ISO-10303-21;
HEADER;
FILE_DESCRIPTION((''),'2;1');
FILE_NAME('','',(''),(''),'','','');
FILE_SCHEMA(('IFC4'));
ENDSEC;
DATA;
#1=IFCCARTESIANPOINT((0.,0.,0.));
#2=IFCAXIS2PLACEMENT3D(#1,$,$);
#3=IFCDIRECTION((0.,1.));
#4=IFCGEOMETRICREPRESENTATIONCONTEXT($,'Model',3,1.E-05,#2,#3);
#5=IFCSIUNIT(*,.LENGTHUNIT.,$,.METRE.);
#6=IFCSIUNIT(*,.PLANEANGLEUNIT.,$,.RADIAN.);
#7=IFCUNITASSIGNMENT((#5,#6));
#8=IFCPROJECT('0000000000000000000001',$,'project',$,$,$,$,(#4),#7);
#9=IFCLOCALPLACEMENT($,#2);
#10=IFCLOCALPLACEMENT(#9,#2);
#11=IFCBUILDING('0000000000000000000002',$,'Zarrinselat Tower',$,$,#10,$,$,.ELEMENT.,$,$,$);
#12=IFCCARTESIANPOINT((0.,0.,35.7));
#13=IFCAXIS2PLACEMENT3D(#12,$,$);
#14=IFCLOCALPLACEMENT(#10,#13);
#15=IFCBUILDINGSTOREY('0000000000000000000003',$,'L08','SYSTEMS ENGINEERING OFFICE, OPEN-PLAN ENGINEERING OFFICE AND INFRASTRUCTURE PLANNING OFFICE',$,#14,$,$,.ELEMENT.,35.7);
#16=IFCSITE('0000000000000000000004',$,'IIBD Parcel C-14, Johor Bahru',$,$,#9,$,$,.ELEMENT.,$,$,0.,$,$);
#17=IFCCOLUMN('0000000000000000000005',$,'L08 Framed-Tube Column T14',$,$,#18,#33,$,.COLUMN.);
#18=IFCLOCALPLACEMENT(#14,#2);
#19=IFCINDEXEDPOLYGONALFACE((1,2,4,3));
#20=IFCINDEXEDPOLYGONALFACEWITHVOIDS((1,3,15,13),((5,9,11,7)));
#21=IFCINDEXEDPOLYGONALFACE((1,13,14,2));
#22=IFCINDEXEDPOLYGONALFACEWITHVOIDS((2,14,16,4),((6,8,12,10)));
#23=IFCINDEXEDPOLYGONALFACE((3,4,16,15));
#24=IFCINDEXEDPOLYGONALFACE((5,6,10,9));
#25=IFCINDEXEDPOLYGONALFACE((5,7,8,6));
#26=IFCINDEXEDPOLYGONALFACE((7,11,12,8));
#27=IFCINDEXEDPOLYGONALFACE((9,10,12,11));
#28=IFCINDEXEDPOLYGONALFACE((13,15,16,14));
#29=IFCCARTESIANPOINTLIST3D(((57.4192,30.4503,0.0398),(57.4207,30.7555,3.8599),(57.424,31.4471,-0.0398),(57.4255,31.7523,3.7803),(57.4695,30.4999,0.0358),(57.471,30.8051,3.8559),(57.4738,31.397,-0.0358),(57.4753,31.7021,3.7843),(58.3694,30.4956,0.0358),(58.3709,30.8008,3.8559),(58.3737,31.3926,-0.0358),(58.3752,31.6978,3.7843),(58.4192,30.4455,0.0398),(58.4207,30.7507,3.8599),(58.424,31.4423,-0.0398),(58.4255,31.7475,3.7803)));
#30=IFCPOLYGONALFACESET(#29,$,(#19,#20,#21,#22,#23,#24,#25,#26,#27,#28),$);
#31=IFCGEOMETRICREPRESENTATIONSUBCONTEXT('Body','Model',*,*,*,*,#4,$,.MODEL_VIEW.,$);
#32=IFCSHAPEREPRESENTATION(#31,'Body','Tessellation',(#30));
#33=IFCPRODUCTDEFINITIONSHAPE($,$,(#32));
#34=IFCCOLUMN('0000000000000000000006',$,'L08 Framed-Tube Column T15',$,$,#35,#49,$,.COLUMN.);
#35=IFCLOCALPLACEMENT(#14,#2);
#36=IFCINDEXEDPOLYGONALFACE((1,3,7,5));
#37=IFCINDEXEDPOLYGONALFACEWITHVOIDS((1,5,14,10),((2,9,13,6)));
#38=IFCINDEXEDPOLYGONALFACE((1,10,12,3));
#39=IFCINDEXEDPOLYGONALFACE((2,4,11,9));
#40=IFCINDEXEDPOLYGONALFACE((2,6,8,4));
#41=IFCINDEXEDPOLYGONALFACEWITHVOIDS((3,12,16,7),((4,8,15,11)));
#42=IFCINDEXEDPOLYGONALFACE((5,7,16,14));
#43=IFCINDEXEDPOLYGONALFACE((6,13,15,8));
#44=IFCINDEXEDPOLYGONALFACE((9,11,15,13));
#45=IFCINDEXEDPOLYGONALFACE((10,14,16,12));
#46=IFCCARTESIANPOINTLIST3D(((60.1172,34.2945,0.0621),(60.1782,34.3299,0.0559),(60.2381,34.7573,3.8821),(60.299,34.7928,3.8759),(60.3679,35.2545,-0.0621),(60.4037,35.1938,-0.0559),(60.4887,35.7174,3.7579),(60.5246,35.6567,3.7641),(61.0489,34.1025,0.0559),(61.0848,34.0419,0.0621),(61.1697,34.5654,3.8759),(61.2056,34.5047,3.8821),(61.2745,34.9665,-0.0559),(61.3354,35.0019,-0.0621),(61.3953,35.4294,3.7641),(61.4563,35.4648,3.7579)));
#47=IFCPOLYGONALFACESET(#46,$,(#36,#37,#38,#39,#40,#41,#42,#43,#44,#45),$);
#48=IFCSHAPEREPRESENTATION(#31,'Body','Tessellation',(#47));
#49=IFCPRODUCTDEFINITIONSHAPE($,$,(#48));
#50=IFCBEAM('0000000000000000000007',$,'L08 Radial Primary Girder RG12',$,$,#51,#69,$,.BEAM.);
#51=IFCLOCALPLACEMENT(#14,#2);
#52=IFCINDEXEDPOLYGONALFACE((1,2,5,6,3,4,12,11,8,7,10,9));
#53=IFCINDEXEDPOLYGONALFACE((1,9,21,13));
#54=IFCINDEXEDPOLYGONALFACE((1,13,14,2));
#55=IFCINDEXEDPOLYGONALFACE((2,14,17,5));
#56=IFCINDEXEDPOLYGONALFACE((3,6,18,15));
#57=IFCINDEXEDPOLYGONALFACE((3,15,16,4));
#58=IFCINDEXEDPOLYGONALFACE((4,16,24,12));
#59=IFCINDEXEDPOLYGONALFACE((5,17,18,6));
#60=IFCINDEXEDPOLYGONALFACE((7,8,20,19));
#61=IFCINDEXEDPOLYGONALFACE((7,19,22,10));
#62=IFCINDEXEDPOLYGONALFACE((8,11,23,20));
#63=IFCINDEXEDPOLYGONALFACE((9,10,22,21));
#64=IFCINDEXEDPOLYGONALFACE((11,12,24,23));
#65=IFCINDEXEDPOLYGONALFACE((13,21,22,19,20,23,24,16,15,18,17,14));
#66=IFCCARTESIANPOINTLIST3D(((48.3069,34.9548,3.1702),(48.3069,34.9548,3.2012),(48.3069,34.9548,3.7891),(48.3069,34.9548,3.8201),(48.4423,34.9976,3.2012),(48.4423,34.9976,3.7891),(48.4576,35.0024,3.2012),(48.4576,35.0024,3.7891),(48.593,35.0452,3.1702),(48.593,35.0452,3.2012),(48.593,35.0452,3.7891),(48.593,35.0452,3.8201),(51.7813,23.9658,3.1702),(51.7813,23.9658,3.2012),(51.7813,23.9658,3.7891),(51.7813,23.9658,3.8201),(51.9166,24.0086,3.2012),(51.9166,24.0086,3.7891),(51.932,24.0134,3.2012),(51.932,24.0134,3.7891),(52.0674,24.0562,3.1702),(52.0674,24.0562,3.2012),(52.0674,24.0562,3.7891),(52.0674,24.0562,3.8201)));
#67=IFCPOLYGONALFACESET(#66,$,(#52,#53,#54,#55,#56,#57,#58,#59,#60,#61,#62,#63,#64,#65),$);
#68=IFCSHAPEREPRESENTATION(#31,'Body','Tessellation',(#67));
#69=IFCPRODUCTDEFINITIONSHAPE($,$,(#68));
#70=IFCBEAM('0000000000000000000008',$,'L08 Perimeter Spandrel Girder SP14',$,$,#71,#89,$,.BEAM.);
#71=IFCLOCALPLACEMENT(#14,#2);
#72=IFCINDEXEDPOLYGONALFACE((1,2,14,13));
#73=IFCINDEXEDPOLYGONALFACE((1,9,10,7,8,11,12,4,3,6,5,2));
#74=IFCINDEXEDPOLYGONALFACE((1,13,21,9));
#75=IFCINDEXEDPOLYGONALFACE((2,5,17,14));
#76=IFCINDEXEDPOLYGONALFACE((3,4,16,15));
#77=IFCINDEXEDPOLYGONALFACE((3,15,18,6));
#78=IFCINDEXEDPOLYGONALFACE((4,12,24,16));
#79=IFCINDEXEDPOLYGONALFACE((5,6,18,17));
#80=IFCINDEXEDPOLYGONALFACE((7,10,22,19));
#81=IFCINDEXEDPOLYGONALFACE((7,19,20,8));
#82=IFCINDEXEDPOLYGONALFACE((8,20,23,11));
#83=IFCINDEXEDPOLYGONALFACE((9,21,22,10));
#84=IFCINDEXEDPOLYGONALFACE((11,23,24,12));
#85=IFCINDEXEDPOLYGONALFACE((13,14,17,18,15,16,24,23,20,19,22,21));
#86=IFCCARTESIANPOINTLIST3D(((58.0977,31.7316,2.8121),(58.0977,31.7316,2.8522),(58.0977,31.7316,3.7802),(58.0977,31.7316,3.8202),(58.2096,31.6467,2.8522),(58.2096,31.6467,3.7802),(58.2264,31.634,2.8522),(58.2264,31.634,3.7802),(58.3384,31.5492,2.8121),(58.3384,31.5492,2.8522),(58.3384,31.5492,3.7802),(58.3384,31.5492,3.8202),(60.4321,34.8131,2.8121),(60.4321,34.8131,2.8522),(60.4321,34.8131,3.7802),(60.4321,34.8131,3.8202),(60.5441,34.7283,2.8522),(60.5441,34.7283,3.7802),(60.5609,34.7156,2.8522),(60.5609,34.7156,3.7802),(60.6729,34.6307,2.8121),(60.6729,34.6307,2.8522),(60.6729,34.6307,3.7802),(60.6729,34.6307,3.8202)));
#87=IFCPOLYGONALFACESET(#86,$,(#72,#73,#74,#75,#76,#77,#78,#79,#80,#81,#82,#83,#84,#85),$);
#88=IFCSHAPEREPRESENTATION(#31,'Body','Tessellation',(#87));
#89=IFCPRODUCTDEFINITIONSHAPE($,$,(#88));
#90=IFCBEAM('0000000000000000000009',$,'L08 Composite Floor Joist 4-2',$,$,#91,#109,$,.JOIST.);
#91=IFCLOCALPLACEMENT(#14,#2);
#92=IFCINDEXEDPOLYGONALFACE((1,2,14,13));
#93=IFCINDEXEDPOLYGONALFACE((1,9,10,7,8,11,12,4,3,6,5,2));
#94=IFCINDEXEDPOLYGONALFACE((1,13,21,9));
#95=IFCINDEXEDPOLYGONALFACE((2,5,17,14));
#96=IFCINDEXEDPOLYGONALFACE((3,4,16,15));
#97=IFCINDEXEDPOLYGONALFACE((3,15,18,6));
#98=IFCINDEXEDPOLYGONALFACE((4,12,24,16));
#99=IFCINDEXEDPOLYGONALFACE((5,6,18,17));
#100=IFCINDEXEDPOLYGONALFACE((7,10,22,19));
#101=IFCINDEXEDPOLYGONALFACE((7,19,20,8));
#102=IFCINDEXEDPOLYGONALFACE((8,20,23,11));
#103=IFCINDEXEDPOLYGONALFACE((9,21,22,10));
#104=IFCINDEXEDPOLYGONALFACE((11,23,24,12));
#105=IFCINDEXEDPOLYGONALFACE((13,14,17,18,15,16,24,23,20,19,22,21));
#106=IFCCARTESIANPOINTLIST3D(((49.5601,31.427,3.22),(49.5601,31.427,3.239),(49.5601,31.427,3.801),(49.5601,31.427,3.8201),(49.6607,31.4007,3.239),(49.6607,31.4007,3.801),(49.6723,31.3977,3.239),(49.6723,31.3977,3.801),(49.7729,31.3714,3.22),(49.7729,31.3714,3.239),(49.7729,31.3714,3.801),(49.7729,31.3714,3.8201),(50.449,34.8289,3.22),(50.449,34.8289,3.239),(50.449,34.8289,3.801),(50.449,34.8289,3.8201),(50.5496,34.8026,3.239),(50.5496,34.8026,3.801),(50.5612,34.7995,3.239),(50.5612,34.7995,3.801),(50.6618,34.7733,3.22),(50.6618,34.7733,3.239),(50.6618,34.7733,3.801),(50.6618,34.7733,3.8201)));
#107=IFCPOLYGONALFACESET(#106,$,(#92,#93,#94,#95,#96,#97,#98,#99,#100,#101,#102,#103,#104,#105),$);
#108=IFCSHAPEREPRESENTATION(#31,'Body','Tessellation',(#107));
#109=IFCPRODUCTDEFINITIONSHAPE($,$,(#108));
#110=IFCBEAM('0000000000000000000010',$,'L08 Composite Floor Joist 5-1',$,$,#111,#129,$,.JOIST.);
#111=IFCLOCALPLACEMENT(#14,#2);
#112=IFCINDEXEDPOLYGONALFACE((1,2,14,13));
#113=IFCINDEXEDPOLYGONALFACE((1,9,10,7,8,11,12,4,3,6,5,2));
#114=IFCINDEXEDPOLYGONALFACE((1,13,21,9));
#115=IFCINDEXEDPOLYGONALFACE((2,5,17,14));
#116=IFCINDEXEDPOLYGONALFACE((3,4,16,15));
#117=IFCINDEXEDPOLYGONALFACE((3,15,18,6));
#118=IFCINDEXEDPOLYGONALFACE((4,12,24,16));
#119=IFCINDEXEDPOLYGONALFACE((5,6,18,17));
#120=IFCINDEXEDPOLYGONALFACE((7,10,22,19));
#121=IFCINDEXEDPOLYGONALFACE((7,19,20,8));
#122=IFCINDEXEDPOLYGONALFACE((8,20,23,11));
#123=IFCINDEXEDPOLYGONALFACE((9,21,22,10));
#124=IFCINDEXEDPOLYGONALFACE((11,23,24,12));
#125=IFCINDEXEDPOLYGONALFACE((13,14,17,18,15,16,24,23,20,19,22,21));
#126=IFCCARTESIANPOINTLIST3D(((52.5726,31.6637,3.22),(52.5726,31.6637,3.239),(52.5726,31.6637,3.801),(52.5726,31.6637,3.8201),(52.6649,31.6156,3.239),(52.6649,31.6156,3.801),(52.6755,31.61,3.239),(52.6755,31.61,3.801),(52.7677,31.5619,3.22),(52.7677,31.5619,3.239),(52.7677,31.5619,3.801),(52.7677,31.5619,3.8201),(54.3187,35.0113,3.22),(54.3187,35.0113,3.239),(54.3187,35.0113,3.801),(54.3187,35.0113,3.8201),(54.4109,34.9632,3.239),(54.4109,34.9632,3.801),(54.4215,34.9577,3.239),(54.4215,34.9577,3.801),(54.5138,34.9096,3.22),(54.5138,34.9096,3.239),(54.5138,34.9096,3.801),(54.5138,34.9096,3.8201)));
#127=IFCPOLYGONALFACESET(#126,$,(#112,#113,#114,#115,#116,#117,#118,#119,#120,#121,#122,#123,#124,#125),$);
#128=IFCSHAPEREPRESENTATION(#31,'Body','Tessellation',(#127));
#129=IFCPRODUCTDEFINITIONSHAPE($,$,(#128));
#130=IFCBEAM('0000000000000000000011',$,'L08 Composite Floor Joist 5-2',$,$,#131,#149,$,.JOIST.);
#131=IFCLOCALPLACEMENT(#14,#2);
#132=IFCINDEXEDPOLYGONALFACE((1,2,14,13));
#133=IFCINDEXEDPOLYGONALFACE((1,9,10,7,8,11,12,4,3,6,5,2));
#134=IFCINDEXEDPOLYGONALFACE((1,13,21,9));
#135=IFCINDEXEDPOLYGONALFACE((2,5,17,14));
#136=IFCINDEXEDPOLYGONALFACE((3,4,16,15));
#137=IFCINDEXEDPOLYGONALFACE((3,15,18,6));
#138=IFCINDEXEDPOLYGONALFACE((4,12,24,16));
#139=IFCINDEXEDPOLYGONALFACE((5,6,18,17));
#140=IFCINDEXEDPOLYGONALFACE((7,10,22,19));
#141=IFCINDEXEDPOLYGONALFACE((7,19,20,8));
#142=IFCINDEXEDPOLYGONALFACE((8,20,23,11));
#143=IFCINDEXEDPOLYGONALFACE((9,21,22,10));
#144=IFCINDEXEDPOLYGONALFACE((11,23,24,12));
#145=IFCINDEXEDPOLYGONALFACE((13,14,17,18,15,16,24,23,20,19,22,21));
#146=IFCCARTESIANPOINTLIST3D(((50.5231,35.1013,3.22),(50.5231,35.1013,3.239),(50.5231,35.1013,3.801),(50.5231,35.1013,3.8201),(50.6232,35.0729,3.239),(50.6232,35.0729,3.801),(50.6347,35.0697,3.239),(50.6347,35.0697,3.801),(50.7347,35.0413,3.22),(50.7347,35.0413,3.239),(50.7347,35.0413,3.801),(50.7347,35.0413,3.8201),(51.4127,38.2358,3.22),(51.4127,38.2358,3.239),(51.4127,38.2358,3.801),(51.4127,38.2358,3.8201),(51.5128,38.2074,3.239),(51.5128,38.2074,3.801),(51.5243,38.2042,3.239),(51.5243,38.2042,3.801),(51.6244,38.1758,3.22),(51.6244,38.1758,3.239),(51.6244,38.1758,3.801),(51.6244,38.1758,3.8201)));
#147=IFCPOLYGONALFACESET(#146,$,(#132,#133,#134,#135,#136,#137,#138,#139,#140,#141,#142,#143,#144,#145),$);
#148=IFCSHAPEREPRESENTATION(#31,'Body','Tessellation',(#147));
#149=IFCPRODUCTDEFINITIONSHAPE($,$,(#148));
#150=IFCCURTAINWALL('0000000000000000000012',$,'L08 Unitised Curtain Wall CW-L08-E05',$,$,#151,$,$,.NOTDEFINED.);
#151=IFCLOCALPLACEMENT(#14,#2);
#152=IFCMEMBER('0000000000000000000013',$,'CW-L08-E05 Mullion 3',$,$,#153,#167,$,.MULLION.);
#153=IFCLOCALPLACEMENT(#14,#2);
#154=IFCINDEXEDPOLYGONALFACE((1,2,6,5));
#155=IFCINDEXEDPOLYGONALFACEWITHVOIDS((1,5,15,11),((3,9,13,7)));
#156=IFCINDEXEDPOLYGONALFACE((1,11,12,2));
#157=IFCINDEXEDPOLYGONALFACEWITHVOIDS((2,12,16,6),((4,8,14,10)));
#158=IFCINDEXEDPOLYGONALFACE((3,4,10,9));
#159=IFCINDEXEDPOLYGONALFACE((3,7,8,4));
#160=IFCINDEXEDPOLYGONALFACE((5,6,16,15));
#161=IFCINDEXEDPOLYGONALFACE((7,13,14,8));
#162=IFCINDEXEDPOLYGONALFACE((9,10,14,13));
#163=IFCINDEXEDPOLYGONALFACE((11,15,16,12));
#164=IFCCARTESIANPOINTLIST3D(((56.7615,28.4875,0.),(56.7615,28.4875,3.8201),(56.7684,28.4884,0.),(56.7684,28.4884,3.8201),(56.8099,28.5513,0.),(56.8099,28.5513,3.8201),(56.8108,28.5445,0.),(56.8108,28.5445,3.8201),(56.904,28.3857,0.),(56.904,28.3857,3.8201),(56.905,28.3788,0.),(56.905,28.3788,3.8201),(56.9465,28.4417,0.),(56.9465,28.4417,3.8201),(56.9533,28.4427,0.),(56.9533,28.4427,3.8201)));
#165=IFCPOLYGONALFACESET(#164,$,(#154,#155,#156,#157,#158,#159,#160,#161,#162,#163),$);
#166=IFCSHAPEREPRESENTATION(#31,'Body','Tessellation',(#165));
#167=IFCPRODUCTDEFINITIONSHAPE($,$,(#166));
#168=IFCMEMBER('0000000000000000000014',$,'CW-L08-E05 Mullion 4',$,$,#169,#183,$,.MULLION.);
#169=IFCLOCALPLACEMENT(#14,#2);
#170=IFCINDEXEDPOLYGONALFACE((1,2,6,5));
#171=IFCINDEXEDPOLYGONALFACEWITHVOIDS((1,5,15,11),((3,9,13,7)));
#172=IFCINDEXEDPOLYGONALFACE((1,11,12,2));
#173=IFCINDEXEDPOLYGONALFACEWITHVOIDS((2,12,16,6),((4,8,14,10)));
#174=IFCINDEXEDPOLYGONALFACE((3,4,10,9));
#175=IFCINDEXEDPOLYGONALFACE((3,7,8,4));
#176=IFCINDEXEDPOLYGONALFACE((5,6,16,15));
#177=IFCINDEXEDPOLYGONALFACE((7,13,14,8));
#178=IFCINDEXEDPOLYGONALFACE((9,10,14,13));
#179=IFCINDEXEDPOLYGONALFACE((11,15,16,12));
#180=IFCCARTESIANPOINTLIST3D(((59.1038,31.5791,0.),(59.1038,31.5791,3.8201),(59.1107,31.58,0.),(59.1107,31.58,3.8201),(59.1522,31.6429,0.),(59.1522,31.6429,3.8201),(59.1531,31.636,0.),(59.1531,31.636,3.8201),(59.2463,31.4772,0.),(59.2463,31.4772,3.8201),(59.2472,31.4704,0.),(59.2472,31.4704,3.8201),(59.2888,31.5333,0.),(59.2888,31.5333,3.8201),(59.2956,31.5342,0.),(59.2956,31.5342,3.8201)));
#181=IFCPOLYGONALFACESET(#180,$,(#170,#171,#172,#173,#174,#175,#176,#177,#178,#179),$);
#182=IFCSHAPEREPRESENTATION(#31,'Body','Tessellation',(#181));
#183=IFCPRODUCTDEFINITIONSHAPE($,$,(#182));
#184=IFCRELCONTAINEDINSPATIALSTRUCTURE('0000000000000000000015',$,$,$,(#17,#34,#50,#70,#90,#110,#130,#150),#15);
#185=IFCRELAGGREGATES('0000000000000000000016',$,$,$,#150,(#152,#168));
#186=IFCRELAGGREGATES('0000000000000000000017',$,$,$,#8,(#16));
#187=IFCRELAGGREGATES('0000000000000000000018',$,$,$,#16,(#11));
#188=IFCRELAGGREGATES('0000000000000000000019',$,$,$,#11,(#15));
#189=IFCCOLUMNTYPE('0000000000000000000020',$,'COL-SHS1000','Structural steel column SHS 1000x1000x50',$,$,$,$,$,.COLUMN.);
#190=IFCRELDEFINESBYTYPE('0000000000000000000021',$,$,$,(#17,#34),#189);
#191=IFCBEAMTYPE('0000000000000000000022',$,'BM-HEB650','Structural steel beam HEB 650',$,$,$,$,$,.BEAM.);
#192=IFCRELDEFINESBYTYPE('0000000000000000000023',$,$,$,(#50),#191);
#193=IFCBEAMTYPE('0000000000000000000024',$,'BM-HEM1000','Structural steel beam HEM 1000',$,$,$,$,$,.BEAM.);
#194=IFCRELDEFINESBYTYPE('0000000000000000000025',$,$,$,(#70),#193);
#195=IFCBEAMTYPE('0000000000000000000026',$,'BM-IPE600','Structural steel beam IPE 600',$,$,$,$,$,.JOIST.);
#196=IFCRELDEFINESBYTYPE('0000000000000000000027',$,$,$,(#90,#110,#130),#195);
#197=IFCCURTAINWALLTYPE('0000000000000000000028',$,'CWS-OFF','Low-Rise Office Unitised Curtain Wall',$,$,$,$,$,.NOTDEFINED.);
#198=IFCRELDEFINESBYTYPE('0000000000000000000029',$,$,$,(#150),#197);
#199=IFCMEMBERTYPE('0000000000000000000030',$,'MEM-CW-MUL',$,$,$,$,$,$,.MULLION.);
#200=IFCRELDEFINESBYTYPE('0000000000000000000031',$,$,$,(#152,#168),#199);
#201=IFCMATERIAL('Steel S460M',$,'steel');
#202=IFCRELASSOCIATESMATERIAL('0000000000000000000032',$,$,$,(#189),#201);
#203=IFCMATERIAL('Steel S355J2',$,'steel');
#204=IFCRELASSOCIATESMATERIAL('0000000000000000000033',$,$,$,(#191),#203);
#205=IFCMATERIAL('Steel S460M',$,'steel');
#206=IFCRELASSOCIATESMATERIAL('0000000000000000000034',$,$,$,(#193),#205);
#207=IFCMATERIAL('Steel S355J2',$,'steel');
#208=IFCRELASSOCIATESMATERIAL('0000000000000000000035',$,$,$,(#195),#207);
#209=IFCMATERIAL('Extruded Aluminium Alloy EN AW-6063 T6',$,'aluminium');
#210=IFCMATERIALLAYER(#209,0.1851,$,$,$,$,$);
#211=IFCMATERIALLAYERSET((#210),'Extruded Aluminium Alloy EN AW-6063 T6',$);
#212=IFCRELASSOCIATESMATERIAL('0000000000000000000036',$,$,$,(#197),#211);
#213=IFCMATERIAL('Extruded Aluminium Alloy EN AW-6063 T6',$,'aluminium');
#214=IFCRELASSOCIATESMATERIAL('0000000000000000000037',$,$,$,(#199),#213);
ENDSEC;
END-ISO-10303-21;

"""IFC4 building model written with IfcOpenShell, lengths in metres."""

from ifc_helpers import new_model, si_unit, direction, frame, origin, origin_2d, place, context, subcontext, project, spatial, hollow_rectangle, i_section, extrude, material, layer, layer_set, material_profile, profile_set, type_object, element, aggregate, save


model = new_model("IFC4")

# Units and contexts
model_context = context("Model", 3, precision=1e-05, world=origin(), true_north=direction((0.0, 1.0)))
body_context = subcontext(model_context, "Body", "Model", "MODEL_VIEW")
ifc_project = project(units=[si_unit("LENGTHUNIT", "METRE"), si_unit("PLANEANGLEUNIT", "RADIAN")], contexts=[model_context])

# Site, building, storey
site_placement = place(None, origin())
site = spatial("IfcSite", under=ifc_project, at=site_placement, Name="IIBD Parcel C-14, Johor Bahru", CompositionType="ELEMENT", RefElevation=0.0)
building_placement = place(site_placement, origin())
building = spatial("IfcBuilding", under=site, at=building_placement, Name="Zarrinselat Tower", CompositionType="ELEMENT")
storey_placement = place(building_placement, frame((0.0, 0.0, 35.7)))
storey = spatial("IfcBuildingStorey", under=building, at=storey_placement, Name="L08", Description="SYSTEMS ENGINEERING OFFICE, OPEN-PLAN ENGINEERING OFFICE AND INFRASTRUCTURE PLANNING OFFICE", CompositionType="ELEMENT", Elevation=35.7)

# Columns
ifc_material_1 = material(Name="Steel S460M", Category="steel")
ifc_material_profile_1 = material_profile(ifc_material_1, hollow_rectangle(XDim=1.0, YDim=1.0, WallThickness=0.05, at=origin_2d()), Name="SHS 1000x1000x50")
ifc_profile_set_1 = profile_set([ifc_material_profile_1], Name="Steel S460M")
column_type = type_object("IfcColumnType", Name="COL-SHS1000", Description="Structural steel column SHS 1000x1000x50", PredefinedType="COLUMN", material=ifc_profile_set_1)
column_1_placement = place(storey_placement, frame((57.9216, 30.9463, 0.0), z_axis=(0.000382, 0.079634, 0.996824), x_axis=(-0.999988, 0.0048, 0.0)))
element("IfcColumn", 1, at=column_1_placement, inside=storey, type_object=column_type, Name="L08 Framed-Tube Column T14", PredefinedType="COLUMN", context=body_context, shape_type="SweptSolid", body=[
    extrude(hollow_rectangle(XDim=1.0, YDim=1.0, WallThickness=0.05, at=origin_2d()), origin(), (0.0, 0.0, 1.0), 3.8323),
])
column_2_placement = place(storey_placement, frame((60.7263, 34.6482, 0.0), z_axis=(0.03139, 0.120234, 0.992249), x_axis=(-0.967568, 0.252609, 0.0)))
element("IfcColumn", 2, at=column_2_placement, inside=storey, type_object=column_type, Name="L08 Framed-Tube Column T15", PredefinedType="COLUMN", context=body_context, shape_type="SweptSolid", body=[
    extrude(hollow_rectangle(XDim=1.0, YDim=1.0, WallThickness=0.05, at=origin_2d()), origin(), (0.0, 0.0, 1.0), 3.8499),
])

# Beams
ifc_material_2 = material(Name="Steel S355J2", Category="steel")
ifc_material_profile_2 = material_profile(ifc_material_2, i_section(OverallWidth=0.3, OverallDepth=0.6499, WebThickness=0.0161, FlangeThickness=0.031, at=origin_2d()), Name="HEB 650")
ifc_profile_set_2 = profile_set([ifc_material_profile_2], Name="Steel S355J2")
beam_type_1 = type_object("IfcBeamType", Name="BM-HEB650", Description="Structural steel beam HEB 650", PredefinedType="BEAM", material=ifc_profile_set_2)
beam_1_placement = place(storey_placement, frame((48.45, 35.0, 3.4951), z_axis=(0.301459, -0.953479, 0.0), x_axis=(0.953479, 0.301459, 0.0)))
element("IfcBeam", 3, at=beam_1_placement, inside=storey, type_object=beam_type_1, Name="L08 Radial Primary Girder RG12", PredefinedType="BEAM", context=body_context, shape_type="SweptSolid", body=[
    extrude(i_section(OverallWidth=0.3, OverallDepth=0.6499, WebThickness=0.0161, FlangeThickness=0.031, at=origin_2d()), origin(), (0.0, 0.0, 1.0), 11.5251),
])
ifc_material_3 = material(Name="Steel S460M", Category="steel")
ifc_material_profile_3 = material_profile(ifc_material_3, i_section(OverallWidth=0.302, OverallDepth=1.0081, WebThickness=0.021, FlangeThickness=0.04, at=origin_2d()), Name="HEM 1000")
ifc_profile_set_3 = profile_set([ifc_material_profile_3], Name="Steel S460M")
beam_type_2 = type_object("IfcBeamType", Name="BM-HEM1000", Description="Structural steel beam HEM 1000", PredefinedType="BEAM", material=ifc_profile_set_3)
beam_2_placement = place(storey_placement, frame((58.218, 31.6404, 3.3162), z_axis=(0.603853, 0.797096, 0.0), x_axis=(-0.797096, 0.603853, 0.0)))
element("IfcBeam", 4, at=beam_2_placement, inside=storey, type_object=beam_type_2, Name="L08 Perimeter Spandrel Girder SP14", PredefinedType="BEAM", context=body_context, shape_type="SweptSolid", body=[
    extrude(i_section(OverallWidth=0.302, OverallDepth=1.0081, WebThickness=0.021, FlangeThickness=0.04, at=origin_2d()), origin(), (0.0, 0.0, 1.0), 3.866),
])
ifc_material_4 = material(Name="Steel S355J2", Category="steel")
ifc_material_profile_4 = material_profile(ifc_material_4, i_section(OverallWidth=0.22, OverallDepth=0.6001, WebThickness=0.012, FlangeThickness=0.019, at=origin_2d()), Name="IPE 600")
ifc_profile_set_4 = profile_set([ifc_material_profile_4], Name="Steel S355J2")
beam_type_3 = type_object("IfcBeamType", Name="BM-IPE600", Description="Structural steel beam IPE 600", PredefinedType="JOIST", material=ifc_profile_set_4)
beam_3_placement = place(storey_placement, frame((49.6665, 31.3992, 3.52), z_axis=(0.252815, 0.967515, 0.0), x_axis=(-0.967515, 0.252815, 0.0)))
element("IfcBeam", 5, at=beam_3_placement, inside=storey, type_object=beam_type_3, Name="L08 Composite Floor Joist 4-2", PredefinedType="JOIST", context=body_context, shape_type="SweptSolid", body=[
    extrude(i_section(OverallWidth=0.22, OverallDepth=0.6001, WebThickness=0.012, FlangeThickness=0.019, at=origin_2d()), origin(), (0.0, 0.0, 1.0), 3.5161),
])
beam_4_placement = place(storey_placement, frame((52.6702, 31.6128, 3.52), z_axis=(0.46246, 0.88664, 0.0), x_axis=(-0.88664, 0.46246, 0.0)))
element("IfcBeam", 6, at=beam_4_placement, inside=storey, type_object=beam_type_3, Name="L08 Composite Floor Joist 5-1", PredefinedType="JOIST", context=body_context, shape_type="SweptSolid", body=[
    extrude(i_section(OverallWidth=0.22, OverallDepth=0.6001, WebThickness=0.012, FlangeThickness=0.019, at=origin_2d()), origin(), (0.0, 0.0, 1.0), 3.7756),
])
beam_5_placement = place(storey_placement, frame((50.6289, 35.0713, 3.52), z_axis=(0.273038, 0.962003, 0.0), x_axis=(-0.962003, 0.273038, 0.0)))
element("IfcBeam", 7, at=beam_5_placement, inside=storey, type_object=beam_type_3, Name="L08 Composite Floor Joist 5-2", PredefinedType="JOIST", context=body_context, shape_type="SweptSolid", body=[
    extrude(i_section(OverallWidth=0.22, OverallDepth=0.6001, WebThickness=0.012, FlangeThickness=0.019, at=origin_2d()), origin(), (0.0, 0.0, 1.0), 3.2583),
])

# Curtain wall, members
ifc_material_5 = material(Name="Extruded Aluminium Alloy EN AW-6063 T6", Category="aluminium")
ifc_layer_1 = layer(ifc_material_5, 0.1851)
ifc_layer_set_1 = layer_set([ifc_layer_1], Name="Extruded Aluminium Alloy EN AW-6063 T6")
curtain_wall_type = type_object("IfcCurtainWallType", Name="CWS-OFF", Description="Low-Rise Office Unitised Curtain Wall", PredefinedType="NOTDEFINED", material=ifc_layer_set_1)
curtain_wall_1_placement = place(storey_placement, origin())
curtain_wall_1 = element("IfcCurtainWall", 8, at=curtain_wall_1_placement, inside=storey, type_object=curtain_wall_type, Name="L08 Unitised Curtain Wall CW-L08-E05", PredefinedType="NOTDEFINED")
ifc_material_6 = material(Name="Extruded Aluminium Alloy EN AW-6063 T6", Category="aluminium")
ifc_material_profile_5 = material_profile(ifc_material_6, hollow_rectangle(XDim=0.0801, YDim=0.1799, WallThickness=0.0049, at=origin_2d()), Name="RHS 180x80x5")
ifc_profile_set_5 = profile_set([ifc_material_profile_5], Name="Extruded Aluminium Alloy EN AW-6063 T6")
member_type_1 = type_object("IfcMemberType", Name="MEM-CW-MUL", PredefinedType="MULLION", material=ifc_profile_set_5)
member_1_placement = place(storey_placement, frame((56.8574, 28.4651, 0.0), z_axis=(0.0, 0.0, 1.0), x_axis=(0.603858, 0.797092, 0.0)))
member_1 = element("IfcMember", 9, at=member_1_placement, type_object=member_type_1, Name="CW-L08-E05 Mullion 3", PredefinedType="MULLION", context=body_context, shape_type="SweptSolid", body=[
    extrude(hollow_rectangle(XDim=0.0801, YDim=0.1799, WallThickness=0.0049, at=origin_2d()), origin(), (0.0, 0.0, 1.0), 3.8201),
])
member_2_placement = place(storey_placement, frame((59.1997, 31.5566, 0.0), z_axis=(0.0, 0.0, 1.0), x_axis=(0.603858, 0.797092, 0.0)))
member_2 = element("IfcMember", 10, at=member_2_placement, type_object=member_type_1, Name="CW-L08-E05 Mullion 4", PredefinedType="MULLION", context=body_context, shape_type="SweptSolid", body=[
    extrude(hollow_rectangle(XDim=0.0801, YDim=0.1799, WallThickness=0.0049, at=origin_2d()), origin(), (0.0, 0.0, 1.0), 3.8201),
])

aggregate(curtain_wall_1, [member_1, member_2])

save(model, "model.ifc")
